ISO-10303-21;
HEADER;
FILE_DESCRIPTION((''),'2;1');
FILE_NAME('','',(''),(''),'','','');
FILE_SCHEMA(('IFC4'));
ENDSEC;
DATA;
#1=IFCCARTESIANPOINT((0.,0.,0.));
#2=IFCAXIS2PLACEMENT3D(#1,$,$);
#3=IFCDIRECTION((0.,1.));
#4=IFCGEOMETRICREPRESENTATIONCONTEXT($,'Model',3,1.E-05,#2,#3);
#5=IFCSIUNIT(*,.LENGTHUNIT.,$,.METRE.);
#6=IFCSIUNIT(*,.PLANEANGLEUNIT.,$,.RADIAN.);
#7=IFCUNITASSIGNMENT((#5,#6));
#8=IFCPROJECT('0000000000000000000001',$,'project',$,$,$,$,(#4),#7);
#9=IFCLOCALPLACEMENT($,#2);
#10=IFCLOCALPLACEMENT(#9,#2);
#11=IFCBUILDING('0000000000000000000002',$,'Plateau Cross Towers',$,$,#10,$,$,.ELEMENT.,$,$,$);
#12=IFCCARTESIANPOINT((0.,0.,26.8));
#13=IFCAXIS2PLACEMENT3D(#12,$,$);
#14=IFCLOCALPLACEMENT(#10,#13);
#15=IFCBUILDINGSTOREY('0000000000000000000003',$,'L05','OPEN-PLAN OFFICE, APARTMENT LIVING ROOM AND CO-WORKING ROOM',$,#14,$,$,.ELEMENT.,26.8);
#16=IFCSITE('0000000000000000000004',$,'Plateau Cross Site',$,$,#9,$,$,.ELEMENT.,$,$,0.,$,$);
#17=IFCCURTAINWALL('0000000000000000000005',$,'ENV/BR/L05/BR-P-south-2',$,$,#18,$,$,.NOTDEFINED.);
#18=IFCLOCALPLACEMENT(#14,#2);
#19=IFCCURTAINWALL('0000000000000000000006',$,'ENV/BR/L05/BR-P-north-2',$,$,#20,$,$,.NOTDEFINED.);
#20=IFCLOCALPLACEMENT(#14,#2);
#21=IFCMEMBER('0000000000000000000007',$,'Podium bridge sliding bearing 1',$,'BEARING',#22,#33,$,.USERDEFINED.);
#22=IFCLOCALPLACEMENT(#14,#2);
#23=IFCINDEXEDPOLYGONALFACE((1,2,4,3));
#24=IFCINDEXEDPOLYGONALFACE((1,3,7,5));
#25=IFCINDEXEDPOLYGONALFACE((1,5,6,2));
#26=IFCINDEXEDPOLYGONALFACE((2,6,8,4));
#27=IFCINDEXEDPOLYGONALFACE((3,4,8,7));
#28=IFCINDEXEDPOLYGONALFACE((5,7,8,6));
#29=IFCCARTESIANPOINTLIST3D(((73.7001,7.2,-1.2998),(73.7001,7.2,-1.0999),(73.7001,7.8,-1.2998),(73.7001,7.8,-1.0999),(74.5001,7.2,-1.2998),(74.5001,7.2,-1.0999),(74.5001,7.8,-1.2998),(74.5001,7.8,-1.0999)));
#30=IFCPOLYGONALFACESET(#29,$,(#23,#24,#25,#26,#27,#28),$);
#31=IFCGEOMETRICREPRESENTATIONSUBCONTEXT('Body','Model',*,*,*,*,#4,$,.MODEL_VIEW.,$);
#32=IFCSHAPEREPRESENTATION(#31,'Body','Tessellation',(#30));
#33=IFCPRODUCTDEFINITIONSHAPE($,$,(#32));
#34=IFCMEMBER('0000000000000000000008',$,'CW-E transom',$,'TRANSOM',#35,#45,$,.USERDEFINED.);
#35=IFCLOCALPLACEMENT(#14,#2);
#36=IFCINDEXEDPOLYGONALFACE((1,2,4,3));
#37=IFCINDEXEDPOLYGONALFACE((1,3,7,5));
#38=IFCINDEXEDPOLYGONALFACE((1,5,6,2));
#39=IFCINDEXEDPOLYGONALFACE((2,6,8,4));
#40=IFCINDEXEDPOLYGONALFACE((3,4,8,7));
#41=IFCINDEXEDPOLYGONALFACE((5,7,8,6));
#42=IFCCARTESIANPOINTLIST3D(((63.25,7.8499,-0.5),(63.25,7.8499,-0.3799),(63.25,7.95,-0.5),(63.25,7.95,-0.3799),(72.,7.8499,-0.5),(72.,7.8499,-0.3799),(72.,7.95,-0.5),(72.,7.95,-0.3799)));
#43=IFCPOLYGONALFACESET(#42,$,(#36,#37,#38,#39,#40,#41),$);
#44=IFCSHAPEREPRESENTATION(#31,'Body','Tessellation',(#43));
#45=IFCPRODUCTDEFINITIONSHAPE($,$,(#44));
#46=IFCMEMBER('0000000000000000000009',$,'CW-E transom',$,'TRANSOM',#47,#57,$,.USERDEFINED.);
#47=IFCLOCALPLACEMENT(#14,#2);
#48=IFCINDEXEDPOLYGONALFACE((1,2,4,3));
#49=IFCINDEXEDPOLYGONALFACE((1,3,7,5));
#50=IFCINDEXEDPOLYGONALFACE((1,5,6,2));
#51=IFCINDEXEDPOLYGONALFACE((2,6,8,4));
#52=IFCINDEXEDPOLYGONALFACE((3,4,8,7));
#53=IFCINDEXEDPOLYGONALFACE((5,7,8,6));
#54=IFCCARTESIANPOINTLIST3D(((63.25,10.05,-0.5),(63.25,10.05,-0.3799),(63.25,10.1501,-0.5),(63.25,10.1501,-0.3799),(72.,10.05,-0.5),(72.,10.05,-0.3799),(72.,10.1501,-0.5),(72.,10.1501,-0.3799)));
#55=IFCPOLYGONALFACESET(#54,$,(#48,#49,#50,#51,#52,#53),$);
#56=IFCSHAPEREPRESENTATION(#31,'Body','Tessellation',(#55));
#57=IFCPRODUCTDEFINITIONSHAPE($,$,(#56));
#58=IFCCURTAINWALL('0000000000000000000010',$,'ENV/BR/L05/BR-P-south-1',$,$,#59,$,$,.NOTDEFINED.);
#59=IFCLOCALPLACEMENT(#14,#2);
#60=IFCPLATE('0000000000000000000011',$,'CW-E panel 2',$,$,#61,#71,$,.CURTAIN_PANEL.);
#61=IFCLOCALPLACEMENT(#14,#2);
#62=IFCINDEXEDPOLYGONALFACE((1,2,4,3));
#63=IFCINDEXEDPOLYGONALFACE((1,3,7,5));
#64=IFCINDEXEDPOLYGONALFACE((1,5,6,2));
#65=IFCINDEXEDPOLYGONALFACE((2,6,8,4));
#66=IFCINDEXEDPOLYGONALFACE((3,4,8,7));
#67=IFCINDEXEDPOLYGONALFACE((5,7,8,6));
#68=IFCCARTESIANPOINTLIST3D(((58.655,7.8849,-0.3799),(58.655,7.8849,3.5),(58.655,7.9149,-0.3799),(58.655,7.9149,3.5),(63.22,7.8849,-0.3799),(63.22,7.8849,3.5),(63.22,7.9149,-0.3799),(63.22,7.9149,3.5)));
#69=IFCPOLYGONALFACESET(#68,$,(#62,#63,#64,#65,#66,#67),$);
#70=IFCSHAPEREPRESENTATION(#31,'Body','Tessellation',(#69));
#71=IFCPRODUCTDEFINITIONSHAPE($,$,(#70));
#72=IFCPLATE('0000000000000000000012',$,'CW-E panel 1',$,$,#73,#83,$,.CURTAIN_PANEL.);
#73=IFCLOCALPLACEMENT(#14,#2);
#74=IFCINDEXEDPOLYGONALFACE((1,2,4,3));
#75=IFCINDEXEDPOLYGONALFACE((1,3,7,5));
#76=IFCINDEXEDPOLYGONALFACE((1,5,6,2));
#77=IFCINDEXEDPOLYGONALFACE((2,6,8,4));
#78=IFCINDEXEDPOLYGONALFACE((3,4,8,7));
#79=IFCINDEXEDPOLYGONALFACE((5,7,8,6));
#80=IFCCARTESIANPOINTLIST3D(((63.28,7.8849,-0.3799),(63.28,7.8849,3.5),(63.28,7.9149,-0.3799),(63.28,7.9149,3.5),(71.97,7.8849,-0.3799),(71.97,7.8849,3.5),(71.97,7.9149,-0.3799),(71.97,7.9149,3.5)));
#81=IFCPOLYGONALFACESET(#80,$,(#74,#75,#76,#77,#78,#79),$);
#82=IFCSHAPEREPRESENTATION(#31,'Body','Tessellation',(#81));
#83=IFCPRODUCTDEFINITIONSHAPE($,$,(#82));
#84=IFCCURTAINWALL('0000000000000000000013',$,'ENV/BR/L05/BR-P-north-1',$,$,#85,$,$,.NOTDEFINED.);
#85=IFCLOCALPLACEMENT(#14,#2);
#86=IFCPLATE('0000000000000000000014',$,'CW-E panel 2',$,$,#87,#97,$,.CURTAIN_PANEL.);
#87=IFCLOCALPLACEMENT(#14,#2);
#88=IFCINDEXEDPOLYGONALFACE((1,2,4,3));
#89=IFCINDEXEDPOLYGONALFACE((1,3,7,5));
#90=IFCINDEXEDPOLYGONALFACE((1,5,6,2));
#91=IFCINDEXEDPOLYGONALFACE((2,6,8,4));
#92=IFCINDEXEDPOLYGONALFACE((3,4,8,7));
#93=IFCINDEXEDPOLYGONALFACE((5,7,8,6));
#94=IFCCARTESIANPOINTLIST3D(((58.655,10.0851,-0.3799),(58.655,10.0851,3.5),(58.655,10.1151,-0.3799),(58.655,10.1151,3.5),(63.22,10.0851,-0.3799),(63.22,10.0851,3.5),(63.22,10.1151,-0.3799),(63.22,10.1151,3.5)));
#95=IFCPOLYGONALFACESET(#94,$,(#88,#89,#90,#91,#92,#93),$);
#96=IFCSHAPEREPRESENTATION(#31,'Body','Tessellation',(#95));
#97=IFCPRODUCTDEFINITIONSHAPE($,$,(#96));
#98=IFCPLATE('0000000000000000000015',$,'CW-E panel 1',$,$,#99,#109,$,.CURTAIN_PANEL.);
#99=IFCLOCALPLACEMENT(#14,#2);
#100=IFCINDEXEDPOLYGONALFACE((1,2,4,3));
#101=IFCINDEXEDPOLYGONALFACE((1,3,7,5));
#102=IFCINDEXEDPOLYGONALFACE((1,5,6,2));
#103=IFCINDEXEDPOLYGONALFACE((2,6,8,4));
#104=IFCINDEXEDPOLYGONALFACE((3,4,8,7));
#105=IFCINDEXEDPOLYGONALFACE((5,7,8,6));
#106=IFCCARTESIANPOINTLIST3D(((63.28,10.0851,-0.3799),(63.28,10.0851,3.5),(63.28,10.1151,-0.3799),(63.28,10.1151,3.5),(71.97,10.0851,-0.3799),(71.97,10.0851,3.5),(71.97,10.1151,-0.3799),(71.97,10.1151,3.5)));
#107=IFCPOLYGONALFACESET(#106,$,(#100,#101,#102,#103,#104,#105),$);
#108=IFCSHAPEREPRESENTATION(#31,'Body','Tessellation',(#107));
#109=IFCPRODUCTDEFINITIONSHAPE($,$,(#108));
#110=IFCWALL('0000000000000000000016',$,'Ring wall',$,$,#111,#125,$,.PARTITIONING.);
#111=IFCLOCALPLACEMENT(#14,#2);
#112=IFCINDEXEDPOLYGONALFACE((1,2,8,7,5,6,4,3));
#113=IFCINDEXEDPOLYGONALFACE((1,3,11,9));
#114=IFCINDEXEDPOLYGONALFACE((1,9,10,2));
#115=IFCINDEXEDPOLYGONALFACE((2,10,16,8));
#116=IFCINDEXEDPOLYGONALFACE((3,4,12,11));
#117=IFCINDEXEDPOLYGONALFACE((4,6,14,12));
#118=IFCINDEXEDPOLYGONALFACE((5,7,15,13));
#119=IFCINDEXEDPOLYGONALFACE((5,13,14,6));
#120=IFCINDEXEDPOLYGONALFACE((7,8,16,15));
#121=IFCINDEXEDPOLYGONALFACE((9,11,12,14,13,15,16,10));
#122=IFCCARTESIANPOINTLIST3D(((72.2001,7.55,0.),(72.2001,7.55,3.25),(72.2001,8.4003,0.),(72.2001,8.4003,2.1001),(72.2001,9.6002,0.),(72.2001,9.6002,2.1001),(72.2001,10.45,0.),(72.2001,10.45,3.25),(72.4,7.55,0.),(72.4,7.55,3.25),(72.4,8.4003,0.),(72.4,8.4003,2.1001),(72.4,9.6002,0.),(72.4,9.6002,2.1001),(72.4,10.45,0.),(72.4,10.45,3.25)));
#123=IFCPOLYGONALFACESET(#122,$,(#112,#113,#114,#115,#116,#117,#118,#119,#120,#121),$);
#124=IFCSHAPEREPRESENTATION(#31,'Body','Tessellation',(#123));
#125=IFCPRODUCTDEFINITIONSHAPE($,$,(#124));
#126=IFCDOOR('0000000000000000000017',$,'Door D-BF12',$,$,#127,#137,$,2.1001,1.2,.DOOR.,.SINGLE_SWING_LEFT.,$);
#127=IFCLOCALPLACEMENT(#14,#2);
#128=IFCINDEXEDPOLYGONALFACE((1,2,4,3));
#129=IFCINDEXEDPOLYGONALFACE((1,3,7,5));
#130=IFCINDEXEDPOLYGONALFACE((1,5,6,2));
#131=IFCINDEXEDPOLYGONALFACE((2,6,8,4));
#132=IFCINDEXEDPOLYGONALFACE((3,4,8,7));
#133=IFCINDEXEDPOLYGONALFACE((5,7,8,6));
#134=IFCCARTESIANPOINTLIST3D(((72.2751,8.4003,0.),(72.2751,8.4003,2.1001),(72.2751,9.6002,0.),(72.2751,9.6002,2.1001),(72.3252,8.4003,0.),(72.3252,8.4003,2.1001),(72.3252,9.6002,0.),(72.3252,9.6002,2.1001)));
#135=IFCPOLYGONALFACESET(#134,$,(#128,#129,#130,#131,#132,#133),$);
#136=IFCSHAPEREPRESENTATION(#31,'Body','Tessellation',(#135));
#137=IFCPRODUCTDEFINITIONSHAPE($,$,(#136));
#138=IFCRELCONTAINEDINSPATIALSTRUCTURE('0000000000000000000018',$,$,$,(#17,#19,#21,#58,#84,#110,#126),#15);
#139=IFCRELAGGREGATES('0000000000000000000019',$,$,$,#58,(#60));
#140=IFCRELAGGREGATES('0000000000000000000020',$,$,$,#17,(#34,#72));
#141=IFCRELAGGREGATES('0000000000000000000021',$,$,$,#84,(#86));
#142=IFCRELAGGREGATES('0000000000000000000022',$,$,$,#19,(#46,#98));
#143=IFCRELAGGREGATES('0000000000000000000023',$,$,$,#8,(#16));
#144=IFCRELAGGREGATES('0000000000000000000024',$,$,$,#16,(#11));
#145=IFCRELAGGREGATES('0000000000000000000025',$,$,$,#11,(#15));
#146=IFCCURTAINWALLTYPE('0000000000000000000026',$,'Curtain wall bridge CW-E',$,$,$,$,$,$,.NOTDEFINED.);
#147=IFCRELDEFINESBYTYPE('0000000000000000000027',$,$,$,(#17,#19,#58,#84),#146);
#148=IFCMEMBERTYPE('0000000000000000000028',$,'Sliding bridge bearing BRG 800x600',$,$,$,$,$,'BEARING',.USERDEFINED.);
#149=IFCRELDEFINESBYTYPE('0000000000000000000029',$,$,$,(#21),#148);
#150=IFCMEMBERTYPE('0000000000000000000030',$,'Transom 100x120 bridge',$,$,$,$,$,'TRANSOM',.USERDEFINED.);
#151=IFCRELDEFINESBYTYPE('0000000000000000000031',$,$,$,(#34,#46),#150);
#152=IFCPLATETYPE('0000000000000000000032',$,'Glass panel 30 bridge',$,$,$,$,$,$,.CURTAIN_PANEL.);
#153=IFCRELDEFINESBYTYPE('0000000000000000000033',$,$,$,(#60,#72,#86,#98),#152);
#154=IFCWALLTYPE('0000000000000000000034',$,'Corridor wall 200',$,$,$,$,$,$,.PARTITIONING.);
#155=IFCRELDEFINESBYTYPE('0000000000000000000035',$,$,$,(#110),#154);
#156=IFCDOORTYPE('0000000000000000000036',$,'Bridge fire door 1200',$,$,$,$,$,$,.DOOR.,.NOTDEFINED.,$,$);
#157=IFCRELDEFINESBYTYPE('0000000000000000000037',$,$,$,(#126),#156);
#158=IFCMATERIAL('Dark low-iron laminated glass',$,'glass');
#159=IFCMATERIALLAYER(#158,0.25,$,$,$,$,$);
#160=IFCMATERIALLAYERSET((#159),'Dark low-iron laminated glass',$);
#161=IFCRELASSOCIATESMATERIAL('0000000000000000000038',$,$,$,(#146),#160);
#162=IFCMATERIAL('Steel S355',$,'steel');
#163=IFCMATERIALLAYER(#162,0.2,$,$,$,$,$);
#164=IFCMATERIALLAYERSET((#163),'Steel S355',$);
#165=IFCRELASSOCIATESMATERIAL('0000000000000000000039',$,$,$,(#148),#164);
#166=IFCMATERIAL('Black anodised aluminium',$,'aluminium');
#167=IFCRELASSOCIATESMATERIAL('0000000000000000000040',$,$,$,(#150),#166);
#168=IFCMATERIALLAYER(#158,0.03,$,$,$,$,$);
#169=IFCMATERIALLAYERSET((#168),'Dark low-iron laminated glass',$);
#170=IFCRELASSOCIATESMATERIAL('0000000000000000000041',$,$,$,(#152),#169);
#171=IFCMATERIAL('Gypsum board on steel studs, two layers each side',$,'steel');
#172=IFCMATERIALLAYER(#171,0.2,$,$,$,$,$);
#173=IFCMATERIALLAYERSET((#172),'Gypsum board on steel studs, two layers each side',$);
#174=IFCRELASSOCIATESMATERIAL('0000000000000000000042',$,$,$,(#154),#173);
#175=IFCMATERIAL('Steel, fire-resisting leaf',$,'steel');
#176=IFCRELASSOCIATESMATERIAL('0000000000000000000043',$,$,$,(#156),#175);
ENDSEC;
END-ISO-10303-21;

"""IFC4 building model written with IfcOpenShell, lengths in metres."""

from ifc_helpers import new_model, si_unit, direction, frame, frame_2d, origin, origin_2d, place, context, subcontext, project, spatial, rectangle, extrude, material, layer, layer_set, material_profile, profile_set, type_object, element, fill, aggregate, save


model = new_model("IFC4")

# Units and contexts
model_context = context("Model", 3, precision=1e-05, world=origin(), true_north=direction((0.0, 1.0)))
body_context = subcontext(model_context, "Body", "Model", "MODEL_VIEW")
ifc_project = project(units=[si_unit("LENGTHUNIT", "METRE"), si_unit("PLANEANGLEUNIT", "RADIAN")], contexts=[model_context])

# Site, building, storey
site_placement = place(None, origin())
site = spatial("IfcSite", under=ifc_project, at=site_placement, Name="Plateau Cross Site", CompositionType="ELEMENT", RefElevation=0.0)
building_placement = place(site_placement, origin())
building = spatial("IfcBuilding", under=site, at=building_placement, Name="Plateau Cross Towers", CompositionType="ELEMENT")
storey_placement = place(building_placement, frame((0.0, 0.0, 26.8)))
storey = spatial("IfcBuildingStorey", under=building, at=storey_placement, Name="L05", Description="OPEN-PLAN OFFICE, APARTMENT LIVING ROOM AND CO-WORKING ROOM", CompositionType="ELEMENT", Elevation=26.8)

# Curtain walls
ifc_material_1 = material(Name="Dark low-iron laminated glass", Category="glass")
ifc_layer_1 = layer(ifc_material_1, 0.25)
ifc_layer_set_1 = layer_set([ifc_layer_1], Name="Dark low-iron laminated glass")
curtain_wall_type = type_object("IfcCurtainWallType", Name="Curtain wall bridge CW-E", PredefinedType="NOTDEFINED", material=ifc_layer_set_1)
curtain_wall_1_placement = place(storey_placement, origin())
curtain_wall_1 = element("IfcCurtainWall", 1, at=curtain_wall_1_placement, inside=storey, type_object=curtain_wall_type, Name="ENV/BR/L05/BR-P-south-2", PredefinedType="NOTDEFINED")
ifc_material_2 = material(Name="Black anodised aluminium", Category="aluminium")
curtain_wall_2_placement = place(storey_placement, origin())
curtain_wall_2 = element("IfcCurtainWall", 2, at=curtain_wall_2_placement, inside=storey, type_object=curtain_wall_type, Name="ENV/BR/L05/BR-P-north-2", PredefinedType="NOTDEFINED")

# Member
ifc_material_3 = material(Name="Steel S355", Category="steel")
ifc_layer_2 = layer(ifc_material_3, 0.2)
ifc_layer_set_2 = layer_set([ifc_layer_2], Name="Steel S355")
member_type_1 = type_object("IfcMemberType", Name="Sliding bridge bearing BRG 800x600", ElementType="BEARING", PredefinedType="USERDEFINED", material=ifc_layer_set_2)
member_1_placement = place(storey_placement, frame((74.1001, 7.5, -1.2998), z_axis=(0.0, 0.0, 1.0), x_axis=(1.0, 0.0, 0.0)))
element("IfcMember", 3, at=member_1_placement, inside=storey, type_object=member_type_1, Name="Podium bridge sliding bearing 1", ObjectType="BEARING", PredefinedType="USERDEFINED", context=body_context, shape_type="SweptSolid", body=[
    extrude(rectangle(XDim=0.8, YDim=0.6001, at=origin_2d()), origin(), (0.0, 0.0, 1.0), 0.2),
])

# Members
ifc_material_profile_1 = material_profile(ifc_material_2, rectangle(XDim=0.1001, YDim=0.1201, at=origin_2d()), Name="TRANSOM 100x120")
ifc_profile_set_1 = profile_set([ifc_material_profile_1], Name="Black anodised aluminium")
member_type_2 = type_object("IfcMemberType", Name="Transom 100x120 bridge", ElementType="TRANSOM", PredefinedType="USERDEFINED", material=ifc_profile_set_1)
member_2_placement = place(storey_placement, frame((63.25, 7.8999, -0.4399), z_axis=(1.0, 0.0, 0.0), x_axis=(0.0, 1.0, 0.0)))
member_2 = element("IfcMember", 4, at=member_2_placement, type_object=member_type_2, Name="CW-E transom", ObjectType="TRANSOM", PredefinedType="USERDEFINED", context=body_context, shape_type="SweptSolid", body=[
    extrude(rectangle(XDim=0.1001, YDim=0.1201, at=origin_2d()), origin(), (0.0, 0.0, 1.0), 8.75),
])
member_3_placement = place(storey_placement, frame((63.25, 10.1001, -0.4399), z_axis=(1.0, 0.0, 0.0), x_axis=(0.0, 1.0, 0.0)))
member_3 = element("IfcMember", 5, at=member_3_placement, type_object=member_type_2, Name="CW-E transom", ObjectType="TRANSOM", PredefinedType="USERDEFINED", context=body_context, shape_type="SweptSolid", body=[
    extrude(rectangle(XDim=0.1001, YDim=0.1201, at=origin_2d()), origin(), (0.0, 0.0, 1.0), 8.75),
])

# Curtain wall, plate
curtain_wall_3_placement = place(storey_placement, origin())
curtain_wall_3 = element("IfcCurtainWall", 6, at=curtain_wall_3_placement, inside=storey, type_object=curtain_wall_type, Name="ENV/BR/L05/BR-P-south-1", PredefinedType="NOTDEFINED")
ifc_layer_3 = layer(ifc_material_1, 0.03)
ifc_layer_set_3 = layer_set([ifc_layer_3], Name="Dark low-iron laminated glass")
plate_type = type_object("IfcPlateType", Name="Glass panel 30 bridge", PredefinedType="CURTAIN_PANEL", material=ifc_layer_set_3)
plate_1_placement = place(storey_placement, frame((60.9375, 7.8999, -0.3799), z_axis=(0.0, 0.0, 1.0), x_axis=(1.0, 0.0, 0.0)))
plate_1 = element("IfcPlate", 7, at=plate_1_placement, type_object=plate_type, Name="CW-E panel 2", PredefinedType="CURTAIN_PANEL", context=body_context, shape_type="SweptSolid", body=[
    extrude(rectangle(XDim=4.5649, YDim=0.03, at=origin_2d()), origin(), (0.0, 0.0, 1.0), 3.8799),
])
aggregate(curtain_wall_3, [plate_1])

# Plate
plate_2_placement = place(storey_placement, frame((67.625, 7.8999, -0.3799), z_axis=(0.0, 0.0, 1.0), x_axis=(1.0, 0.0, 0.0)))
plate_2 = element("IfcPlate", 8, at=plate_2_placement, type_object=plate_type, Name="CW-E panel 1", PredefinedType="CURTAIN_PANEL", context=body_context, shape_type="SweptSolid", body=[
    extrude(rectangle(XDim=8.6899, YDim=0.03, at=origin_2d()), origin(), (0.0, 0.0, 1.0), 3.8799),
])
aggregate(curtain_wall_1, [member_2, plate_2])

# Curtain wall, plate
curtain_wall_4_placement = place(storey_placement, origin())
curtain_wall_4 = element("IfcCurtainWall", 9, at=curtain_wall_4_placement, inside=storey, type_object=curtain_wall_type, Name="ENV/BR/L05/BR-P-north-1", PredefinedType="NOTDEFINED")
plate_3_placement = place(storey_placement, frame((60.9375, 10.1001, -0.3799), z_axis=(0.0, 0.0, 1.0), x_axis=(1.0, 0.0, 0.0)))
plate_3 = element("IfcPlate", 10, at=plate_3_placement, type_object=plate_type, Name="CW-E panel 2", PredefinedType="CURTAIN_PANEL", context=body_context, shape_type="SweptSolid", body=[
    extrude(rectangle(XDim=4.5649, YDim=0.03, at=origin_2d()), origin(), (0.0, 0.0, 1.0), 3.8799),
])
aggregate(curtain_wall_4, [plate_3])

# Plate
plate_4_placement = place(storey_placement, frame((67.625, 10.1001, -0.3799), z_axis=(0.0, 0.0, 1.0), x_axis=(1.0, 0.0, 0.0)))
plate_4 = element("IfcPlate", 11, at=plate_4_placement, type_object=plate_type, Name="CW-E panel 1", PredefinedType="CURTAIN_PANEL", context=body_context, shape_type="SweptSolid", body=[
    extrude(rectangle(XDim=8.6899, YDim=0.03, at=origin_2d()), origin(), (0.0, 0.0, 1.0), 3.8799),
])
aggregate(curtain_wall_2, [member_3, plate_4])

# Wall, opening, door
ifc_material_4 = material(Name="Gypsum board on steel studs, two layers each side", Category="steel")
ifc_layer_4 = layer(ifc_material_4, 0.2)
ifc_layer_set_4 = layer_set([ifc_layer_4], Name="Gypsum board on steel studs, two layers each side")
wall_type = type_object("IfcWallType", Name="Corridor wall 200", PredefinedType="PARTITIONING", material=ifc_layer_set_4)
wall_placement = place(storey_placement, frame((72.3, 7.55, 0.0), z_axis=(0.0, 0.0, 1.0), x_axis=(0.0, 1.0, 0.0)))
wall = element("IfcWall", 12, at=wall_placement, inside=storey, type_object=wall_type, Name="Ring wall", PredefinedType="PARTITIONING", context=body_context, shape_type="SweptSolid", body=[
    extrude(rectangle(XDim=2.8999, YDim=0.2, at=frame_2d((1.45, 0.0))), origin(), (0.0, 0.0, 1.0), 3.25),
])
opening_placement = place(wall_placement, frame((0.8501, 0.0, 0.0)))
opening = element("IfcOpeningElement", 13, at=opening_placement, cuts=wall, PredefinedType="OPENING", context=body_context, shape_type="SweptSolid", body=[
    extrude(rectangle(XDim=1.2, YDim=2.1001, at=frame_2d((0.6001, 1.05))), frame((0.0, 0.1099, 0.0), z_axis=(0.0, -1.0, 0.0), x_axis=(1.0, 0.0, 0.0)), (0.0, 0.0, 1.0), 0.22),
])
ifc_material_5 = material(Name="Steel, fire-resisting leaf", Category="steel")
door_type = type_object("IfcDoorType", Name="Bridge fire door 1200", OperationType="NOTDEFINED", PredefinedType="DOOR", material=ifc_material_5)
door_placement = place(opening_placement, origin())
door = element("IfcDoor", 14, at=door_placement, inside=storey, type_object=door_type, Name="Door D-BF12", OperationType="SINGLE_SWING_LEFT", OverallHeight=2.1001, OverallWidth=1.2, PredefinedType="DOOR", context=body_context, shape_type="SweptSolid", body=[
    extrude(rectangle(XDim=1.2, YDim=2.1001, at=frame_2d((0.6001, 1.05))), frame((0.0, 0.0249, 0.0), z_axis=(0.0, -1.0, 0.0), x_axis=(1.0, 0.0, 0.0)), (0.0, 0.0, 1.0), 0.05),
])
fill(opening, door)

save(model, "model.ifc")
